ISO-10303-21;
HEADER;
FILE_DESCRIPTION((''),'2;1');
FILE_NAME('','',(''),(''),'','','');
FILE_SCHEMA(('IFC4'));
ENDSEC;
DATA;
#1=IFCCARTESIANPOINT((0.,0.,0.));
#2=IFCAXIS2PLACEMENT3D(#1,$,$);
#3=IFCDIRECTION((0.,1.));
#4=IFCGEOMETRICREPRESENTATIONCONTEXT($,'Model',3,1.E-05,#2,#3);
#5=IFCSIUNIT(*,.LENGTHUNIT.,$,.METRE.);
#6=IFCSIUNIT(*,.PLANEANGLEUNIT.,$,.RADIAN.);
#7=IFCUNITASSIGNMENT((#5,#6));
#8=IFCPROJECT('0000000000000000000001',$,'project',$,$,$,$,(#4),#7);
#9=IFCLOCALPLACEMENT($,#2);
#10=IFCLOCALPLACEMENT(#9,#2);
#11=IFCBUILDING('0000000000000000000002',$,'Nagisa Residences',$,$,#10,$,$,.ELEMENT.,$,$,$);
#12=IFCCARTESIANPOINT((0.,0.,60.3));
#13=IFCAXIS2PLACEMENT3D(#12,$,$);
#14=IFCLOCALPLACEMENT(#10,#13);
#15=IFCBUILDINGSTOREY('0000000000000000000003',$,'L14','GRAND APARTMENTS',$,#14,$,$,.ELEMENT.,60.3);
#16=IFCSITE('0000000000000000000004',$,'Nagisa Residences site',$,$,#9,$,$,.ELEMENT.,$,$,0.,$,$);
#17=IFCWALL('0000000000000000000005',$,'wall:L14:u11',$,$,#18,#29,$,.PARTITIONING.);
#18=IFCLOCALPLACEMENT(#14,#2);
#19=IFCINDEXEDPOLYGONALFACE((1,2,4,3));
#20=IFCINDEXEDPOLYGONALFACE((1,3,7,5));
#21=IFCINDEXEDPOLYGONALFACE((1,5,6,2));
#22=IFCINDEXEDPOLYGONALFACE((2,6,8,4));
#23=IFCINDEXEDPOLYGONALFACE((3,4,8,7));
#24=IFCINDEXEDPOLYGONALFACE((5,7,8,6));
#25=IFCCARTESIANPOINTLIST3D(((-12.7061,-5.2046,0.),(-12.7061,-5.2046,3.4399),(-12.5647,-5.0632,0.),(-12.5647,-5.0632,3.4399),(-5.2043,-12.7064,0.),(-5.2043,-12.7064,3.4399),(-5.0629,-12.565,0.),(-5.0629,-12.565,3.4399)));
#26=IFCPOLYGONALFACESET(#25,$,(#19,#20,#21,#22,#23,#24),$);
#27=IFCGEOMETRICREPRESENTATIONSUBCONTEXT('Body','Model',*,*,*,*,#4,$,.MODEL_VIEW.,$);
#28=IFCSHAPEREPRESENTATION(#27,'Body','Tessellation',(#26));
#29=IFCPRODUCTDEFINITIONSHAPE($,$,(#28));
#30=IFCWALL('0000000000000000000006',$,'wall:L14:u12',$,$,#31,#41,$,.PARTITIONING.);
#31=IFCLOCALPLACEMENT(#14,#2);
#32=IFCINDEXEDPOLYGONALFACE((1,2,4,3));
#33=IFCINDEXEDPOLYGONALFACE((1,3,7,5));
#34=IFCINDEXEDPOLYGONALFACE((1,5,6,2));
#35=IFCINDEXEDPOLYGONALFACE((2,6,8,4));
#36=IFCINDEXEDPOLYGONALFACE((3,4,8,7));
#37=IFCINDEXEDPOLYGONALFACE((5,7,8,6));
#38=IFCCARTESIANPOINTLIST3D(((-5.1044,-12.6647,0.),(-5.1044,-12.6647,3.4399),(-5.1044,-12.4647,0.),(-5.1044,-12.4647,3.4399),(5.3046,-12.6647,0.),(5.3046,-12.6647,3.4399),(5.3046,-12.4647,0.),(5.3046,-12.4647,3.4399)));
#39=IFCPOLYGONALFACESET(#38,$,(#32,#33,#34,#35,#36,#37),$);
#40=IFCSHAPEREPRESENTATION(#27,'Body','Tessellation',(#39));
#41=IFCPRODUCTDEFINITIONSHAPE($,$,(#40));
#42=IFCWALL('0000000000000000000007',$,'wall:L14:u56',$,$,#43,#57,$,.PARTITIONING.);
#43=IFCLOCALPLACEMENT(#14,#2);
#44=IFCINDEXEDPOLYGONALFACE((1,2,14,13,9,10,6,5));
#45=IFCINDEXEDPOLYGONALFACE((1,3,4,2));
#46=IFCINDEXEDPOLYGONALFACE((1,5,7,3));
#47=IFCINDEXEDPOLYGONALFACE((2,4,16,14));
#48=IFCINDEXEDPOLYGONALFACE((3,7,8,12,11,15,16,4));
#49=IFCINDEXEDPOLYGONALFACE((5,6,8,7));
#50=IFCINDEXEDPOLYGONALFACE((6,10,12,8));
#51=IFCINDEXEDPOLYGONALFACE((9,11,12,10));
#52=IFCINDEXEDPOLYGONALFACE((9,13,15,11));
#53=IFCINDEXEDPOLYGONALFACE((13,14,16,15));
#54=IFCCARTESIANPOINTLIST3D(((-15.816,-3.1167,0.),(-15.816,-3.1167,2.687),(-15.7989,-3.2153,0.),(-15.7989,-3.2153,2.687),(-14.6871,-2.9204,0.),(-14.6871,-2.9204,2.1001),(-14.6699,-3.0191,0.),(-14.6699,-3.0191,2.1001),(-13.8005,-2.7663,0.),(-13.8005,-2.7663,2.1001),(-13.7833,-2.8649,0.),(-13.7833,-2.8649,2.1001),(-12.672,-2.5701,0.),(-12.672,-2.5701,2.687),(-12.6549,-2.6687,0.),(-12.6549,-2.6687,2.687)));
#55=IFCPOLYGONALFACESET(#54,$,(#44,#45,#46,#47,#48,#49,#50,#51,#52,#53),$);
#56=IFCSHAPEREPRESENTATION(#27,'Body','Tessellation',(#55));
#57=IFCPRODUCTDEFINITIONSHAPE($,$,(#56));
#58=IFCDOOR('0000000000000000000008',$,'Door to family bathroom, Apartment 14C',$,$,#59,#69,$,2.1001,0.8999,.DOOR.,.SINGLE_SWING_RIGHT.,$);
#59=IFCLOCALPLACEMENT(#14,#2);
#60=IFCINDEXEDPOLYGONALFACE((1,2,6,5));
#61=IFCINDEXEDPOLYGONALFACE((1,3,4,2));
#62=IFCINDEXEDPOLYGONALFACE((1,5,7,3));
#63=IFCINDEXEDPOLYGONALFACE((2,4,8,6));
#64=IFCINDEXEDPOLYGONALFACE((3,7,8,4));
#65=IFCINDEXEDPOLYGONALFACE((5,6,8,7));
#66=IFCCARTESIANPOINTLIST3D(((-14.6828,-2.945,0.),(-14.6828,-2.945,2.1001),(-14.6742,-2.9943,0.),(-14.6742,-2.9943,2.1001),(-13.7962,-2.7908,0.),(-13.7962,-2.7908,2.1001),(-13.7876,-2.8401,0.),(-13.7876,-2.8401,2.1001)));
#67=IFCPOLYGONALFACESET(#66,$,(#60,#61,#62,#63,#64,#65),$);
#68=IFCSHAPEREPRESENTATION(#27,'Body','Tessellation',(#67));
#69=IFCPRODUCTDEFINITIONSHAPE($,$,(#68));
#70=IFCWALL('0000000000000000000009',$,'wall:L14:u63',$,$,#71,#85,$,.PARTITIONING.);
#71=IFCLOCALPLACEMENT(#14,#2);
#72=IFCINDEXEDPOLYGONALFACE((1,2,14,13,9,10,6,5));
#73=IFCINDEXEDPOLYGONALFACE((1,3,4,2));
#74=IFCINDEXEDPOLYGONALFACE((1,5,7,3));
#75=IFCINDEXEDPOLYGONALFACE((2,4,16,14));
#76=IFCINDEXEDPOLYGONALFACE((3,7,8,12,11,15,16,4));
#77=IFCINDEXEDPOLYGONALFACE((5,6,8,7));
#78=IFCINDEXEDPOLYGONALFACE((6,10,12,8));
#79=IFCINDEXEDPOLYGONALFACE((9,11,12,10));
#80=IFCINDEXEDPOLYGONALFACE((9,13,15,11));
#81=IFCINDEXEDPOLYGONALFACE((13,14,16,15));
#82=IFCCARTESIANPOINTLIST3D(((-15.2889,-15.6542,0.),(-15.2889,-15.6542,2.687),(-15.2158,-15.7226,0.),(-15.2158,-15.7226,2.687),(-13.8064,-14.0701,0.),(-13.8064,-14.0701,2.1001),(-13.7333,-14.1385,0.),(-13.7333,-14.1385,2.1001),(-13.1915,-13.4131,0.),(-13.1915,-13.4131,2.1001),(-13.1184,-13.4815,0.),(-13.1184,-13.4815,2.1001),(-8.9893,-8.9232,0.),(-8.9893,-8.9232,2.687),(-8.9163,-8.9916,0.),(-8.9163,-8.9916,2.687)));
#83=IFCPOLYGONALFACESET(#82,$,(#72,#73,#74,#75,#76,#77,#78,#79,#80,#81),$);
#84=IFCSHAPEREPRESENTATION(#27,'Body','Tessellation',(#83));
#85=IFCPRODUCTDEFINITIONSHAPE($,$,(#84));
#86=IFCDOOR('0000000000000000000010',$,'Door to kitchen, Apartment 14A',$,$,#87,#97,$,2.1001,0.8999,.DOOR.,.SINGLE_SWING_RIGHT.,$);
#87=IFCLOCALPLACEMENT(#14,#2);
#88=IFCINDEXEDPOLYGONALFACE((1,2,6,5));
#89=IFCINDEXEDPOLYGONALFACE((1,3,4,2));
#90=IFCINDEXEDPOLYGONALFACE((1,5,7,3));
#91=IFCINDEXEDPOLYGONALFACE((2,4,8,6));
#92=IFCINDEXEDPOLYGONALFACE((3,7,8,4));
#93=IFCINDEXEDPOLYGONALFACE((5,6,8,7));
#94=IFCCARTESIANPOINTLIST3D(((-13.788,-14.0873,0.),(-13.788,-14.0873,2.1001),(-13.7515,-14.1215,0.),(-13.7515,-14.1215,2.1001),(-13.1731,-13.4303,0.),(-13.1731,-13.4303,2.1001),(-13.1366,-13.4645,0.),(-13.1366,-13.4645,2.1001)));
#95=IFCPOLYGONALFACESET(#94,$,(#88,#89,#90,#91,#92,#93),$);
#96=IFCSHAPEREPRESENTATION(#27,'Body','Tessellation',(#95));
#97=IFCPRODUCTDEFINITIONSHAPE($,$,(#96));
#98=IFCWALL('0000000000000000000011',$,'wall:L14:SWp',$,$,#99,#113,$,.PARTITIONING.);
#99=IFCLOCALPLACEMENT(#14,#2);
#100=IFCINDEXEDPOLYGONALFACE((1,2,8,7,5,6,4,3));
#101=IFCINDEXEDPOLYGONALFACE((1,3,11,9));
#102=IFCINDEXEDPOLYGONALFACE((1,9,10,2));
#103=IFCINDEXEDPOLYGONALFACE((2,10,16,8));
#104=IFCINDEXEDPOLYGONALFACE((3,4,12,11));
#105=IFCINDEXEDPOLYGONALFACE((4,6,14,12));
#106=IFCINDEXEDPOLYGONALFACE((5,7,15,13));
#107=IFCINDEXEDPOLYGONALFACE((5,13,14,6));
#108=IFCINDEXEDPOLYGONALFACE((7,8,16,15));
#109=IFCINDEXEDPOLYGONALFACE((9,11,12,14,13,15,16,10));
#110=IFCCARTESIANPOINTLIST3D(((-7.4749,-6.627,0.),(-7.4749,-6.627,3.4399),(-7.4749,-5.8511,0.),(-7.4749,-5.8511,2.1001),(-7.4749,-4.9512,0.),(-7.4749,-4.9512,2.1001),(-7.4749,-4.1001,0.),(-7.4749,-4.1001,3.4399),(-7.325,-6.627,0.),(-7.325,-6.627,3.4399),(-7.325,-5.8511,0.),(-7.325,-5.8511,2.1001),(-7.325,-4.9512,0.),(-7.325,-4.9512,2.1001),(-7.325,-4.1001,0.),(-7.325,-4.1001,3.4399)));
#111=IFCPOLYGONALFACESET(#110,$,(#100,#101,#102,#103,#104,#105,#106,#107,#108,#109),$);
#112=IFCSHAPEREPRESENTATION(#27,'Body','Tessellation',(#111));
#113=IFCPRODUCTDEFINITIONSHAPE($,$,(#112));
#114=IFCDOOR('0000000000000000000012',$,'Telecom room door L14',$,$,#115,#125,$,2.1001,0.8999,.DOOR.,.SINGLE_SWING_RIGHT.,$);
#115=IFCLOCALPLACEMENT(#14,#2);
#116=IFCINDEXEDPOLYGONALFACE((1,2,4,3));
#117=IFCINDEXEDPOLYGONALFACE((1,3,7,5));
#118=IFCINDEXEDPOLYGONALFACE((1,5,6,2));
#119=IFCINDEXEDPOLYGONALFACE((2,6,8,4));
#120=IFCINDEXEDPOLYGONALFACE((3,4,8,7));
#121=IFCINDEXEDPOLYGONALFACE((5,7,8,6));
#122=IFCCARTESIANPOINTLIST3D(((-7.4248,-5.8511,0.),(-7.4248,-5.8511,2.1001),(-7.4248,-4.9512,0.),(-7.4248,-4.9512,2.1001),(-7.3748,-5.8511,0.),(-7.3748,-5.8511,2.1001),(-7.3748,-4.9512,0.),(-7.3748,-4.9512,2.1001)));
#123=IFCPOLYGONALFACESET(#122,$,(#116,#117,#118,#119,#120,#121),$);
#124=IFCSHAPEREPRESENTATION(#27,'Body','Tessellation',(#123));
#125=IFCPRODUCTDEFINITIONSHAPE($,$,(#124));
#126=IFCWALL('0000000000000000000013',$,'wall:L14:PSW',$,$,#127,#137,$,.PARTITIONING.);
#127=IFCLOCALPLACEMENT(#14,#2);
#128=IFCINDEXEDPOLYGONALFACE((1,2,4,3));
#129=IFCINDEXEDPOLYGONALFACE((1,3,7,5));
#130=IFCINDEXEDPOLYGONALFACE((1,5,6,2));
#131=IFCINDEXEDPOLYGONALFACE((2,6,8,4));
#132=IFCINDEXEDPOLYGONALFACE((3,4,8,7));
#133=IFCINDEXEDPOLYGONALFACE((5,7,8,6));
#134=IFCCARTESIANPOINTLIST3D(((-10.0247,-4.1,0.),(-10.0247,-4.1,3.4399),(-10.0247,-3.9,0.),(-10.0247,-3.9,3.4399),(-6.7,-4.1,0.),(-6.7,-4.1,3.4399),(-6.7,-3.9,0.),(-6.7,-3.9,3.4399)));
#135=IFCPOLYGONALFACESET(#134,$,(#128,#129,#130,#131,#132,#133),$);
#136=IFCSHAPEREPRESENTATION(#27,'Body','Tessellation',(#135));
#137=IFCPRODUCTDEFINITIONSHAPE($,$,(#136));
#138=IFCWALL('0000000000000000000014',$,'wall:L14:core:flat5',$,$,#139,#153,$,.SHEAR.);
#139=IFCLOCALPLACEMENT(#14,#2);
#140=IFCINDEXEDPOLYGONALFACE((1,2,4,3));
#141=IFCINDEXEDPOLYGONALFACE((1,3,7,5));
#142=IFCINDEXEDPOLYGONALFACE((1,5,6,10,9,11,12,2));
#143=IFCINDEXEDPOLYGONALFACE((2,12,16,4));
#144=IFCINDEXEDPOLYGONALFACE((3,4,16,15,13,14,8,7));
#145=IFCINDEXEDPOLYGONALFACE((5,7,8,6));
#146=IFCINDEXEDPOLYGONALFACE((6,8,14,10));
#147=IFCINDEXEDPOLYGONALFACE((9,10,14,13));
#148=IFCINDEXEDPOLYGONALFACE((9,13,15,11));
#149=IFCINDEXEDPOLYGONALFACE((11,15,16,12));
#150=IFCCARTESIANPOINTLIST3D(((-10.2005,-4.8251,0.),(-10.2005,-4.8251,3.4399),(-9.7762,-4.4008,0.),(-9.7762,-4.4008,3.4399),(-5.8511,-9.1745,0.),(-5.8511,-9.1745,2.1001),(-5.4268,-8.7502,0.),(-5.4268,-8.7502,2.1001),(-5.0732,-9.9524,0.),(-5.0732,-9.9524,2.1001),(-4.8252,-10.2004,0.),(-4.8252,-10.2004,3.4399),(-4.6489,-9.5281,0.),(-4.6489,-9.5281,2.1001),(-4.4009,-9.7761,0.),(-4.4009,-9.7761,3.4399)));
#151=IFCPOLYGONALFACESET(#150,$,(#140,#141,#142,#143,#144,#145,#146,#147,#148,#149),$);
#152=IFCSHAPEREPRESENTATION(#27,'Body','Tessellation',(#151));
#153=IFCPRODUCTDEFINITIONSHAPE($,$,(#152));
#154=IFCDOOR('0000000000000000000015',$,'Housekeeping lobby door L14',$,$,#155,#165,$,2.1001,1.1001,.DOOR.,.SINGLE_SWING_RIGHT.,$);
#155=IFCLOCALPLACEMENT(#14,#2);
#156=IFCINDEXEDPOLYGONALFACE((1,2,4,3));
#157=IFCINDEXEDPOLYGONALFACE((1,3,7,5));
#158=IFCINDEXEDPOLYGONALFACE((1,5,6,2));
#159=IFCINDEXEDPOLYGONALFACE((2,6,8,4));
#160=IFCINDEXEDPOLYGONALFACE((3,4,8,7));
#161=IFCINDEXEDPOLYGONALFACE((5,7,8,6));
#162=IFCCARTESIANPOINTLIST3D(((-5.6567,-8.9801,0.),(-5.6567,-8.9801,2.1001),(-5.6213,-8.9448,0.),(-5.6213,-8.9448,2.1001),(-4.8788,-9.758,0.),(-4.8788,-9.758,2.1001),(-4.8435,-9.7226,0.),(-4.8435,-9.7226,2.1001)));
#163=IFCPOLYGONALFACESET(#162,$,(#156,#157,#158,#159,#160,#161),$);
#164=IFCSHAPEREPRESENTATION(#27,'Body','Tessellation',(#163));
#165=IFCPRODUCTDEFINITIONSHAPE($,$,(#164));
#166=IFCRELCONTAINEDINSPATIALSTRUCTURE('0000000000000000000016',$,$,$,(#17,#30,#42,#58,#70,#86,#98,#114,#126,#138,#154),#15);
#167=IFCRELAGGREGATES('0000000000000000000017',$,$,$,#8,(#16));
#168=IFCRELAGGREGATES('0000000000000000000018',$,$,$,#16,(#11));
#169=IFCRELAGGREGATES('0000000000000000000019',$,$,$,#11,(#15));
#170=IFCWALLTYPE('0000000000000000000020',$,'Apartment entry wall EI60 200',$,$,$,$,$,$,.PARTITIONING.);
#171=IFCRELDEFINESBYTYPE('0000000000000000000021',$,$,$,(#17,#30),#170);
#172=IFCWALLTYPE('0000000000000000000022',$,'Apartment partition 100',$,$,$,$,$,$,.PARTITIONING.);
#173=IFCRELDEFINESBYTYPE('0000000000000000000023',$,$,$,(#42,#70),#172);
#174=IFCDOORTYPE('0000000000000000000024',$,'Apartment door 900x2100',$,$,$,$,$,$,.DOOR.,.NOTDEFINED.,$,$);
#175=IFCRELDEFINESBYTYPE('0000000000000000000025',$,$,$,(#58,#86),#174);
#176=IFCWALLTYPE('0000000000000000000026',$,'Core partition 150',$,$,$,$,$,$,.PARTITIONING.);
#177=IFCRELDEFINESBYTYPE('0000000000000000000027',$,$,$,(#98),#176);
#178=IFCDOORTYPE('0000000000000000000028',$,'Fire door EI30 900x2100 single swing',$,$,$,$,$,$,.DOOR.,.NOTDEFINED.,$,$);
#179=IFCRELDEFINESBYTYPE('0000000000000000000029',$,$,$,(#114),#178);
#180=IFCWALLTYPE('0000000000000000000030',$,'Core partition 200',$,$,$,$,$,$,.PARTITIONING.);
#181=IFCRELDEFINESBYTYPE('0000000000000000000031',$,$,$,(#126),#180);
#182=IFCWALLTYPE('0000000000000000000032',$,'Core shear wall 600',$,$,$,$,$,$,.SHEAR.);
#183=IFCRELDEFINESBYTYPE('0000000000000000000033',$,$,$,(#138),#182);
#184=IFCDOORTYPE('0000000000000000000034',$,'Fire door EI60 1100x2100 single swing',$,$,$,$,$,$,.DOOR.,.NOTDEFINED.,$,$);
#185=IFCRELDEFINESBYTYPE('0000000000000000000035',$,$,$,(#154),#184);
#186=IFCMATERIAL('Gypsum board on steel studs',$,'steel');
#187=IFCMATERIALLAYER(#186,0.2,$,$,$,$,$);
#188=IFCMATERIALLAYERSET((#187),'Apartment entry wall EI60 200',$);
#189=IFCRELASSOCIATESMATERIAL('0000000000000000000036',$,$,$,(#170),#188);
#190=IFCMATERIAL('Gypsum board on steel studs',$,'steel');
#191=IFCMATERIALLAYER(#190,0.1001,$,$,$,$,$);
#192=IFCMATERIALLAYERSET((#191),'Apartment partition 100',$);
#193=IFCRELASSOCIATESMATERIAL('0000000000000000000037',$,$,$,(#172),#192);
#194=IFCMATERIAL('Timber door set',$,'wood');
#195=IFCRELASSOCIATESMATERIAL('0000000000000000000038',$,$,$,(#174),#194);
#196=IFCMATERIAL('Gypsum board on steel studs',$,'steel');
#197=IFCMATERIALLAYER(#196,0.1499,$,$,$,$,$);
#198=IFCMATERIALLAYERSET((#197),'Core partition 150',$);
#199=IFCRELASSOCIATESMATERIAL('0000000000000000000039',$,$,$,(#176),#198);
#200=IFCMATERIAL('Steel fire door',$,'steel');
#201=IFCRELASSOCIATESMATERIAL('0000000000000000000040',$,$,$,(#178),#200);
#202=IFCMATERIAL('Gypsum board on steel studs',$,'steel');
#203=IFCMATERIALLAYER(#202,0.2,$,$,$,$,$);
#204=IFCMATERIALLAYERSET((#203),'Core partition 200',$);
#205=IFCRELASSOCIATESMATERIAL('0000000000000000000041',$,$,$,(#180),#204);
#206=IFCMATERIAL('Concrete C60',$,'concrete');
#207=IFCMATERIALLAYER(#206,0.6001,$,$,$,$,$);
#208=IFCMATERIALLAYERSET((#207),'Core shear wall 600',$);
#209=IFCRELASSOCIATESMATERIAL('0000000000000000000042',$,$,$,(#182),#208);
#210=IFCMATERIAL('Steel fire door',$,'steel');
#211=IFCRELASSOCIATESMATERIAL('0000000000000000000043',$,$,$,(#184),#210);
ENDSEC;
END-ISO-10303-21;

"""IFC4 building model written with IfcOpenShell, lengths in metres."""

from ifc_helpers import new_model, si_unit, direction, frame, frame_2d, origin, place, context, subcontext, project, spatial, rectangle, extrude, material, layer, layer_set, type_object, element, fill, save


model = new_model("IFC4")

# Units and contexts
model_context = context("Model", 3, precision=1e-05, world=origin(), true_north=direction((0.0, 1.0)))
body_context = subcontext(model_context, "Body", "Model", "MODEL_VIEW")
ifc_project = project(units=[si_unit("LENGTHUNIT", "METRE"), si_unit("PLANEANGLEUNIT", "RADIAN")], contexts=[model_context])

# Site, building, storey
site_placement = place(None, origin())
site = spatial("IfcSite", under=ifc_project, at=site_placement, Name="Nagisa Residences site", CompositionType="ELEMENT", RefElevation=0.0)
building_placement = place(site_placement, origin())
building = spatial("IfcBuilding", under=site, at=building_placement, Name="Nagisa Residences", CompositionType="ELEMENT")
storey_placement = place(building_placement, frame((0.0, 0.0, 60.3)))
storey = spatial("IfcBuildingStorey", under=building, at=storey_placement, Name="L14", Description="GRAND APARTMENTS", CompositionType="ELEMENT", Elevation=60.3)

# Walls
ifc_material_1 = material(Name="Gypsum board on steel studs", Category="steel")
ifc_layer_1 = layer(ifc_material_1, 0.2)
ifc_layer_set_1 = layer_set([ifc_layer_1], Name="Apartment entry wall EI60 200")
wall_type_1 = type_object("IfcWallType", Name="Apartment entry wall EI60 200", PredefinedType="PARTITIONING", material=ifc_layer_set_1)
wall_1_placement = place(storey_placement, frame((-12.6355, -5.1338, 0.0), z_axis=(0.0, 0.0, 1.0), x_axis=(0.707107, -0.707107, 0.0)))
element("IfcWall", 1, at=wall_1_placement, inside=storey, type_object=wall_type_1, Name="wall:L14:u11", PredefinedType="PARTITIONING", context=body_context, shape_type="SweptSolid", body=[
    extrude(rectangle(XDim=10.6091, YDim=0.2, at=frame_2d((5.3047, 0.0))), origin(), (0.0, 0.0, 1.0), 3.4399),
])
wall_2_placement = place(storey_placement, frame((-5.1045, -12.5647, 0.0), z_axis=(0.0, 0.0, 1.0), x_axis=(1.0, 0.0, 0.0)))
element("IfcWall", 2, at=wall_2_placement, inside=storey, type_object=wall_type_1, Name="wall:L14:u12", PredefinedType="PARTITIONING", context=body_context, shape_type="SweptSolid", body=[
    extrude(rectangle(XDim=10.4089, YDim=0.2, at=frame_2d((5.2046, 0.0))), origin(), (0.0, 0.0, 1.0), 3.4399),
])

# Walls, openings, doors
ifc_material_2 = material(Name="Gypsum board on steel studs", Category="steel")
ifc_layer_2 = layer(ifc_material_2, 0.1001)
ifc_layer_set_2 = layer_set([ifc_layer_2], Name="Apartment partition 100")
wall_type_2 = type_object("IfcWallType", Name="Apartment partition 100", PredefinedType="PARTITIONING", material=ifc_layer_set_2)
wall_3_placement = place(storey_placement, frame((-12.6633, -2.6194, 0.0), z_axis=(0.0, 0.0, 1.0), x_axis=(-0.98522, -0.171293, 0.0)))
wall_3 = element("IfcWall", 3, at=wall_3_placement, inside=storey, type_object=wall_type_2, Name="wall:L14:u56", PredefinedType="PARTITIONING", context=body_context, shape_type="SweptSolid", body=[
    extrude(rectangle(XDim=3.1912, YDim=0.1001, at=frame_2d((1.5957, 0.0))), origin(), (0.0, 0.0, 1.0), 2.687),
])
opening_1_placement = place(wall_3_placement, frame((1.1455, 0.0, 0.0)))
opening_1 = element("IfcOpeningElement", 4, at=opening_1_placement, cuts=wall_3, PredefinedType="OPENING", context=body_context, shape_type="SweptSolid", body=[
    extrude(rectangle(XDim=0.8999, YDim=2.1001, at=frame_2d((0.45, 1.05))), frame((0.0, 0.0601, 0.0), z_axis=(0.0, -1.0, 0.0), x_axis=(1.0, 0.0, 0.0)), (0.0, 0.0, 1.0), 0.1201),
])
ifc_material_3 = material(Name="Timber door set", Category="wood")
door_type_1 = type_object("IfcDoorType", Name="Apartment door 900x2100", OperationType="NOTDEFINED", PredefinedType="DOOR", material=ifc_material_3)
door_1_placement = place(opening_1_placement, origin())
door_1 = element("IfcDoor", 5, at=door_1_placement, inside=storey, type_object=door_type_1, Name="Door to family bathroom, Apartment 14C", OperationType="SINGLE_SWING_RIGHT", OverallHeight=2.1001, OverallWidth=0.8999, PredefinedType="DOOR", context=body_context, shape_type="SweptSolid", body=[
    extrude(rectangle(XDim=0.8999, YDim=2.1001, at=frame_2d((0.45, 1.05))), frame((0.0, 0.0249, 0.0), z_axis=(0.0, -1.0, 0.0), x_axis=(1.0, 0.0, 0.0)), (0.0, 0.0, 1.0), 0.05),
])
fill(opening_1, door_1)
wall_4_placement = place(storey_placement, frame((-8.9529, -8.9575, 0.0), z_axis=(0.0, 0.0, 1.0), x_axis=(-0.683322, -0.730117, 0.0)))
wall_4 = element("IfcWall", 6, at=wall_4_placement, inside=storey, type_object=wall_type_2, Name="wall:L14:u63", PredefinedType="PARTITIONING", context=body_context, shape_type="SweptSolid", body=[
    extrude(rectangle(XDim=9.219, YDim=0.1001, at=frame_2d((4.6094, 0.0))), origin(), (0.0, 0.0, 1.0), 2.687),
])
opening_2_placement = place(wall_4_placement, frame((6.1494, 0.0, 0.0)))
opening_2 = element("IfcOpeningElement", 7, at=opening_2_placement, cuts=wall_4, PredefinedType="OPENING", context=body_context, shape_type="SweptSolid", body=[
    extrude(rectangle(XDim=0.8999, YDim=2.1001, at=frame_2d((0.45, 1.05))), frame((0.0, 0.0601, 0.0), z_axis=(0.0, -1.0, 0.0), x_axis=(1.0, 0.0, 0.0)), (0.0, 0.0, 1.0), 0.1201),
])
door_2_placement = place(opening_2_placement, frame((0.8999, 0.0, 0.0), x_axis=(-1.0, 0.0, 0.0)))
door_2 = element("IfcDoor", 8, at=door_2_placement, inside=storey, type_object=door_type_1, Name="Door to kitchen, Apartment 14A", OperationType="SINGLE_SWING_RIGHT", OverallHeight=2.1001, OverallWidth=0.8999, PredefinedType="DOOR", context=body_context, shape_type="SweptSolid", body=[
    extrude(rectangle(XDim=0.8999, YDim=2.1001, at=frame_2d((0.45, 1.05))), frame((0.0, 0.0249, 0.0), z_axis=(0.0, -1.0, 0.0), x_axis=(1.0, 0.0, 0.0)), (0.0, 0.0, 1.0), 0.05),
])
fill(opening_2, door_2)
ifc_material_4 = material(Name="Gypsum board on steel studs", Category="steel")
ifc_layer_3 = layer(ifc_material_4, 0.1499)
ifc_layer_set_3 = layer_set([ifc_layer_3], Name="Core partition 150")
wall_type_3 = type_object("IfcWallType", Name="Core partition 150", PredefinedType="PARTITIONING", material=ifc_layer_set_3)
wall_5_placement = place(storey_placement, frame((-7.3999, -6.627, 0.0), z_axis=(0.0, 0.0, 1.0), x_axis=(0.0, 1.0, 0.0)))
wall_5 = element("IfcWall", 9, at=wall_5_placement, inside=storey, type_object=wall_type_3, Name="wall:L14:SWp", PredefinedType="PARTITIONING", context=body_context, shape_type="SweptSolid", body=[
    extrude(rectangle(XDim=2.5269, YDim=0.1499, at=frame_2d((1.2634, 0.0))), origin(), (0.0, 0.0, 1.0), 3.4399),
])
opening_3_placement = place(wall_5_placement, frame((0.7759, 0.0, 0.0)))
opening_3 = element("IfcOpeningElement", 10, at=opening_3_placement, cuts=wall_5, PredefinedType="OPENING", context=body_context, shape_type="SweptSolid", body=[
    extrude(rectangle(XDim=0.8999, YDim=2.1001, at=frame_2d((0.45, 1.05))), frame((0.0, 0.085, 0.0), z_axis=(0.0, -1.0, 0.0), x_axis=(1.0, 0.0, 0.0)), (0.0, 0.0, 1.0), 0.1699),
])
ifc_material_5 = material(Name="Steel fire door", Category="steel")
door_type_2 = type_object("IfcDoorType", Name="Fire door EI30 900x2100 single swing", OperationType="NOTDEFINED", PredefinedType="DOOR", material=ifc_material_5)
door_3_placement = place(opening_3_placement, origin())
door_3 = element("IfcDoor", 11, at=door_3_placement, inside=storey, type_object=door_type_2, Name="Telecom room door L14", OperationType="SINGLE_SWING_RIGHT", OverallHeight=2.1001, OverallWidth=0.8999, PredefinedType="DOOR", context=body_context, shape_type="SweptSolid", body=[
    extrude(rectangle(XDim=0.8999, YDim=2.1001, at=frame_2d((0.45, 1.05))), frame((0.0, 0.0249, 0.0), z_axis=(0.0, -1.0, 0.0), x_axis=(1.0, 0.0, 0.0)), (0.0, 0.0, 1.0), 0.05),
])
fill(opening_3, door_3)

# Wall
ifc_material_6 = material(Name="Gypsum board on steel studs", Category="steel")
ifc_layer_4 = layer(ifc_material_6, 0.2)
ifc_layer_set_4 = layer_set([ifc_layer_4], Name="Core partition 200")
wall_type_4 = type_object("IfcWallType", Name="Core partition 200", PredefinedType="PARTITIONING", material=ifc_layer_set_4)
wall_6_placement = place(storey_placement, frame((-10.0247, -4.0, 0.0), z_axis=(0.0, 0.0, 1.0), x_axis=(1.0, 0.0, 0.0)))
element("IfcWall", 12, at=wall_6_placement, inside=storey, type_object=wall_type_4, Name="wall:L14:PSW", PredefinedType="PARTITIONING", context=body_context, shape_type="SweptSolid", body=[
    extrude(rectangle(XDim=3.3247, YDim=0.2, at=frame_2d((1.6624, 0.0))), origin(), (0.0, 0.0, 1.0), 3.4399),
])

# Wall, opening, door
ifc_material_7 = material(Name="Concrete C60", Category="concrete")
ifc_layer_5 = layer(ifc_material_7, 0.6001)
ifc_layer_set_5 = layer_set([ifc_layer_5], Name="Core shear wall 600")
wall_type_5 = type_object("IfcWallType", Name="Core shear wall 600", PredefinedType="SHEAR", material=ifc_layer_set_5)
wall_7_placement = place(storey_placement, frame((-9.9883, -4.613, 0.0), z_axis=(0.0, 0.0, 1.0), x_axis=(0.707107, -0.707107, 0.0)))
wall_7 = element("IfcWall", 13, at=wall_7_placement, inside=storey, type_object=wall_type_5, Name="wall:L14:core:flat5", PredefinedType="SHEAR", context=body_context, shape_type="SweptSolid", body=[
    extrude(rectangle(XDim=7.6018, YDim=0.6001, at=frame_2d((3.8008, 0.0))), origin(), (0.0, 0.0, 1.0), 3.4399),
])
opening_4_placement = place(wall_7_placement, frame((6.1509, 0.0, 0.0)))
opening_4 = element("IfcOpeningElement", 14, at=opening_4_placement, cuts=wall_7, PredefinedType="OPENING", context=body_context, shape_type="SweptSolid", body=[
    extrude(rectangle(XDim=1.1001, YDim=2.1001, at=frame_2d((0.55, 1.05))), frame((0.0, 0.3101, 0.0), z_axis=(0.0, -1.0, 0.0), x_axis=(1.0, 0.0, 0.0)), (0.0, 0.0, 1.0), 0.6201),
])
ifc_material_8 = material(Name="Steel fire door", Category="steel")
door_type_3 = type_object("IfcDoorType", Name="Fire door EI60 1100x2100 single swing", OperationType="NOTDEFINED", PredefinedType="DOOR", material=ifc_material_8)
door_4_placement = place(opening_4_placement, origin())
door_4 = element("IfcDoor", 15, at=door_4_placement, inside=storey, type_object=door_type_3, Name="Housekeeping lobby door L14", OperationType="SINGLE_SWING_RIGHT", OverallHeight=2.1001, OverallWidth=1.1001, PredefinedType="DOOR", context=body_context, shape_type="SweptSolid", body=[
    extrude(rectangle(XDim=1.1001, YDim=2.1001, at=frame_2d((0.55, 1.05))), frame((0.0, 0.0249, 0.0), z_axis=(0.0, -1.0, 0.0), x_axis=(1.0, 0.0, 0.0)), (0.0, 0.0, 1.0), 0.05),
])
fill(opening_4, door_4)

save(model, "model.ifc")
